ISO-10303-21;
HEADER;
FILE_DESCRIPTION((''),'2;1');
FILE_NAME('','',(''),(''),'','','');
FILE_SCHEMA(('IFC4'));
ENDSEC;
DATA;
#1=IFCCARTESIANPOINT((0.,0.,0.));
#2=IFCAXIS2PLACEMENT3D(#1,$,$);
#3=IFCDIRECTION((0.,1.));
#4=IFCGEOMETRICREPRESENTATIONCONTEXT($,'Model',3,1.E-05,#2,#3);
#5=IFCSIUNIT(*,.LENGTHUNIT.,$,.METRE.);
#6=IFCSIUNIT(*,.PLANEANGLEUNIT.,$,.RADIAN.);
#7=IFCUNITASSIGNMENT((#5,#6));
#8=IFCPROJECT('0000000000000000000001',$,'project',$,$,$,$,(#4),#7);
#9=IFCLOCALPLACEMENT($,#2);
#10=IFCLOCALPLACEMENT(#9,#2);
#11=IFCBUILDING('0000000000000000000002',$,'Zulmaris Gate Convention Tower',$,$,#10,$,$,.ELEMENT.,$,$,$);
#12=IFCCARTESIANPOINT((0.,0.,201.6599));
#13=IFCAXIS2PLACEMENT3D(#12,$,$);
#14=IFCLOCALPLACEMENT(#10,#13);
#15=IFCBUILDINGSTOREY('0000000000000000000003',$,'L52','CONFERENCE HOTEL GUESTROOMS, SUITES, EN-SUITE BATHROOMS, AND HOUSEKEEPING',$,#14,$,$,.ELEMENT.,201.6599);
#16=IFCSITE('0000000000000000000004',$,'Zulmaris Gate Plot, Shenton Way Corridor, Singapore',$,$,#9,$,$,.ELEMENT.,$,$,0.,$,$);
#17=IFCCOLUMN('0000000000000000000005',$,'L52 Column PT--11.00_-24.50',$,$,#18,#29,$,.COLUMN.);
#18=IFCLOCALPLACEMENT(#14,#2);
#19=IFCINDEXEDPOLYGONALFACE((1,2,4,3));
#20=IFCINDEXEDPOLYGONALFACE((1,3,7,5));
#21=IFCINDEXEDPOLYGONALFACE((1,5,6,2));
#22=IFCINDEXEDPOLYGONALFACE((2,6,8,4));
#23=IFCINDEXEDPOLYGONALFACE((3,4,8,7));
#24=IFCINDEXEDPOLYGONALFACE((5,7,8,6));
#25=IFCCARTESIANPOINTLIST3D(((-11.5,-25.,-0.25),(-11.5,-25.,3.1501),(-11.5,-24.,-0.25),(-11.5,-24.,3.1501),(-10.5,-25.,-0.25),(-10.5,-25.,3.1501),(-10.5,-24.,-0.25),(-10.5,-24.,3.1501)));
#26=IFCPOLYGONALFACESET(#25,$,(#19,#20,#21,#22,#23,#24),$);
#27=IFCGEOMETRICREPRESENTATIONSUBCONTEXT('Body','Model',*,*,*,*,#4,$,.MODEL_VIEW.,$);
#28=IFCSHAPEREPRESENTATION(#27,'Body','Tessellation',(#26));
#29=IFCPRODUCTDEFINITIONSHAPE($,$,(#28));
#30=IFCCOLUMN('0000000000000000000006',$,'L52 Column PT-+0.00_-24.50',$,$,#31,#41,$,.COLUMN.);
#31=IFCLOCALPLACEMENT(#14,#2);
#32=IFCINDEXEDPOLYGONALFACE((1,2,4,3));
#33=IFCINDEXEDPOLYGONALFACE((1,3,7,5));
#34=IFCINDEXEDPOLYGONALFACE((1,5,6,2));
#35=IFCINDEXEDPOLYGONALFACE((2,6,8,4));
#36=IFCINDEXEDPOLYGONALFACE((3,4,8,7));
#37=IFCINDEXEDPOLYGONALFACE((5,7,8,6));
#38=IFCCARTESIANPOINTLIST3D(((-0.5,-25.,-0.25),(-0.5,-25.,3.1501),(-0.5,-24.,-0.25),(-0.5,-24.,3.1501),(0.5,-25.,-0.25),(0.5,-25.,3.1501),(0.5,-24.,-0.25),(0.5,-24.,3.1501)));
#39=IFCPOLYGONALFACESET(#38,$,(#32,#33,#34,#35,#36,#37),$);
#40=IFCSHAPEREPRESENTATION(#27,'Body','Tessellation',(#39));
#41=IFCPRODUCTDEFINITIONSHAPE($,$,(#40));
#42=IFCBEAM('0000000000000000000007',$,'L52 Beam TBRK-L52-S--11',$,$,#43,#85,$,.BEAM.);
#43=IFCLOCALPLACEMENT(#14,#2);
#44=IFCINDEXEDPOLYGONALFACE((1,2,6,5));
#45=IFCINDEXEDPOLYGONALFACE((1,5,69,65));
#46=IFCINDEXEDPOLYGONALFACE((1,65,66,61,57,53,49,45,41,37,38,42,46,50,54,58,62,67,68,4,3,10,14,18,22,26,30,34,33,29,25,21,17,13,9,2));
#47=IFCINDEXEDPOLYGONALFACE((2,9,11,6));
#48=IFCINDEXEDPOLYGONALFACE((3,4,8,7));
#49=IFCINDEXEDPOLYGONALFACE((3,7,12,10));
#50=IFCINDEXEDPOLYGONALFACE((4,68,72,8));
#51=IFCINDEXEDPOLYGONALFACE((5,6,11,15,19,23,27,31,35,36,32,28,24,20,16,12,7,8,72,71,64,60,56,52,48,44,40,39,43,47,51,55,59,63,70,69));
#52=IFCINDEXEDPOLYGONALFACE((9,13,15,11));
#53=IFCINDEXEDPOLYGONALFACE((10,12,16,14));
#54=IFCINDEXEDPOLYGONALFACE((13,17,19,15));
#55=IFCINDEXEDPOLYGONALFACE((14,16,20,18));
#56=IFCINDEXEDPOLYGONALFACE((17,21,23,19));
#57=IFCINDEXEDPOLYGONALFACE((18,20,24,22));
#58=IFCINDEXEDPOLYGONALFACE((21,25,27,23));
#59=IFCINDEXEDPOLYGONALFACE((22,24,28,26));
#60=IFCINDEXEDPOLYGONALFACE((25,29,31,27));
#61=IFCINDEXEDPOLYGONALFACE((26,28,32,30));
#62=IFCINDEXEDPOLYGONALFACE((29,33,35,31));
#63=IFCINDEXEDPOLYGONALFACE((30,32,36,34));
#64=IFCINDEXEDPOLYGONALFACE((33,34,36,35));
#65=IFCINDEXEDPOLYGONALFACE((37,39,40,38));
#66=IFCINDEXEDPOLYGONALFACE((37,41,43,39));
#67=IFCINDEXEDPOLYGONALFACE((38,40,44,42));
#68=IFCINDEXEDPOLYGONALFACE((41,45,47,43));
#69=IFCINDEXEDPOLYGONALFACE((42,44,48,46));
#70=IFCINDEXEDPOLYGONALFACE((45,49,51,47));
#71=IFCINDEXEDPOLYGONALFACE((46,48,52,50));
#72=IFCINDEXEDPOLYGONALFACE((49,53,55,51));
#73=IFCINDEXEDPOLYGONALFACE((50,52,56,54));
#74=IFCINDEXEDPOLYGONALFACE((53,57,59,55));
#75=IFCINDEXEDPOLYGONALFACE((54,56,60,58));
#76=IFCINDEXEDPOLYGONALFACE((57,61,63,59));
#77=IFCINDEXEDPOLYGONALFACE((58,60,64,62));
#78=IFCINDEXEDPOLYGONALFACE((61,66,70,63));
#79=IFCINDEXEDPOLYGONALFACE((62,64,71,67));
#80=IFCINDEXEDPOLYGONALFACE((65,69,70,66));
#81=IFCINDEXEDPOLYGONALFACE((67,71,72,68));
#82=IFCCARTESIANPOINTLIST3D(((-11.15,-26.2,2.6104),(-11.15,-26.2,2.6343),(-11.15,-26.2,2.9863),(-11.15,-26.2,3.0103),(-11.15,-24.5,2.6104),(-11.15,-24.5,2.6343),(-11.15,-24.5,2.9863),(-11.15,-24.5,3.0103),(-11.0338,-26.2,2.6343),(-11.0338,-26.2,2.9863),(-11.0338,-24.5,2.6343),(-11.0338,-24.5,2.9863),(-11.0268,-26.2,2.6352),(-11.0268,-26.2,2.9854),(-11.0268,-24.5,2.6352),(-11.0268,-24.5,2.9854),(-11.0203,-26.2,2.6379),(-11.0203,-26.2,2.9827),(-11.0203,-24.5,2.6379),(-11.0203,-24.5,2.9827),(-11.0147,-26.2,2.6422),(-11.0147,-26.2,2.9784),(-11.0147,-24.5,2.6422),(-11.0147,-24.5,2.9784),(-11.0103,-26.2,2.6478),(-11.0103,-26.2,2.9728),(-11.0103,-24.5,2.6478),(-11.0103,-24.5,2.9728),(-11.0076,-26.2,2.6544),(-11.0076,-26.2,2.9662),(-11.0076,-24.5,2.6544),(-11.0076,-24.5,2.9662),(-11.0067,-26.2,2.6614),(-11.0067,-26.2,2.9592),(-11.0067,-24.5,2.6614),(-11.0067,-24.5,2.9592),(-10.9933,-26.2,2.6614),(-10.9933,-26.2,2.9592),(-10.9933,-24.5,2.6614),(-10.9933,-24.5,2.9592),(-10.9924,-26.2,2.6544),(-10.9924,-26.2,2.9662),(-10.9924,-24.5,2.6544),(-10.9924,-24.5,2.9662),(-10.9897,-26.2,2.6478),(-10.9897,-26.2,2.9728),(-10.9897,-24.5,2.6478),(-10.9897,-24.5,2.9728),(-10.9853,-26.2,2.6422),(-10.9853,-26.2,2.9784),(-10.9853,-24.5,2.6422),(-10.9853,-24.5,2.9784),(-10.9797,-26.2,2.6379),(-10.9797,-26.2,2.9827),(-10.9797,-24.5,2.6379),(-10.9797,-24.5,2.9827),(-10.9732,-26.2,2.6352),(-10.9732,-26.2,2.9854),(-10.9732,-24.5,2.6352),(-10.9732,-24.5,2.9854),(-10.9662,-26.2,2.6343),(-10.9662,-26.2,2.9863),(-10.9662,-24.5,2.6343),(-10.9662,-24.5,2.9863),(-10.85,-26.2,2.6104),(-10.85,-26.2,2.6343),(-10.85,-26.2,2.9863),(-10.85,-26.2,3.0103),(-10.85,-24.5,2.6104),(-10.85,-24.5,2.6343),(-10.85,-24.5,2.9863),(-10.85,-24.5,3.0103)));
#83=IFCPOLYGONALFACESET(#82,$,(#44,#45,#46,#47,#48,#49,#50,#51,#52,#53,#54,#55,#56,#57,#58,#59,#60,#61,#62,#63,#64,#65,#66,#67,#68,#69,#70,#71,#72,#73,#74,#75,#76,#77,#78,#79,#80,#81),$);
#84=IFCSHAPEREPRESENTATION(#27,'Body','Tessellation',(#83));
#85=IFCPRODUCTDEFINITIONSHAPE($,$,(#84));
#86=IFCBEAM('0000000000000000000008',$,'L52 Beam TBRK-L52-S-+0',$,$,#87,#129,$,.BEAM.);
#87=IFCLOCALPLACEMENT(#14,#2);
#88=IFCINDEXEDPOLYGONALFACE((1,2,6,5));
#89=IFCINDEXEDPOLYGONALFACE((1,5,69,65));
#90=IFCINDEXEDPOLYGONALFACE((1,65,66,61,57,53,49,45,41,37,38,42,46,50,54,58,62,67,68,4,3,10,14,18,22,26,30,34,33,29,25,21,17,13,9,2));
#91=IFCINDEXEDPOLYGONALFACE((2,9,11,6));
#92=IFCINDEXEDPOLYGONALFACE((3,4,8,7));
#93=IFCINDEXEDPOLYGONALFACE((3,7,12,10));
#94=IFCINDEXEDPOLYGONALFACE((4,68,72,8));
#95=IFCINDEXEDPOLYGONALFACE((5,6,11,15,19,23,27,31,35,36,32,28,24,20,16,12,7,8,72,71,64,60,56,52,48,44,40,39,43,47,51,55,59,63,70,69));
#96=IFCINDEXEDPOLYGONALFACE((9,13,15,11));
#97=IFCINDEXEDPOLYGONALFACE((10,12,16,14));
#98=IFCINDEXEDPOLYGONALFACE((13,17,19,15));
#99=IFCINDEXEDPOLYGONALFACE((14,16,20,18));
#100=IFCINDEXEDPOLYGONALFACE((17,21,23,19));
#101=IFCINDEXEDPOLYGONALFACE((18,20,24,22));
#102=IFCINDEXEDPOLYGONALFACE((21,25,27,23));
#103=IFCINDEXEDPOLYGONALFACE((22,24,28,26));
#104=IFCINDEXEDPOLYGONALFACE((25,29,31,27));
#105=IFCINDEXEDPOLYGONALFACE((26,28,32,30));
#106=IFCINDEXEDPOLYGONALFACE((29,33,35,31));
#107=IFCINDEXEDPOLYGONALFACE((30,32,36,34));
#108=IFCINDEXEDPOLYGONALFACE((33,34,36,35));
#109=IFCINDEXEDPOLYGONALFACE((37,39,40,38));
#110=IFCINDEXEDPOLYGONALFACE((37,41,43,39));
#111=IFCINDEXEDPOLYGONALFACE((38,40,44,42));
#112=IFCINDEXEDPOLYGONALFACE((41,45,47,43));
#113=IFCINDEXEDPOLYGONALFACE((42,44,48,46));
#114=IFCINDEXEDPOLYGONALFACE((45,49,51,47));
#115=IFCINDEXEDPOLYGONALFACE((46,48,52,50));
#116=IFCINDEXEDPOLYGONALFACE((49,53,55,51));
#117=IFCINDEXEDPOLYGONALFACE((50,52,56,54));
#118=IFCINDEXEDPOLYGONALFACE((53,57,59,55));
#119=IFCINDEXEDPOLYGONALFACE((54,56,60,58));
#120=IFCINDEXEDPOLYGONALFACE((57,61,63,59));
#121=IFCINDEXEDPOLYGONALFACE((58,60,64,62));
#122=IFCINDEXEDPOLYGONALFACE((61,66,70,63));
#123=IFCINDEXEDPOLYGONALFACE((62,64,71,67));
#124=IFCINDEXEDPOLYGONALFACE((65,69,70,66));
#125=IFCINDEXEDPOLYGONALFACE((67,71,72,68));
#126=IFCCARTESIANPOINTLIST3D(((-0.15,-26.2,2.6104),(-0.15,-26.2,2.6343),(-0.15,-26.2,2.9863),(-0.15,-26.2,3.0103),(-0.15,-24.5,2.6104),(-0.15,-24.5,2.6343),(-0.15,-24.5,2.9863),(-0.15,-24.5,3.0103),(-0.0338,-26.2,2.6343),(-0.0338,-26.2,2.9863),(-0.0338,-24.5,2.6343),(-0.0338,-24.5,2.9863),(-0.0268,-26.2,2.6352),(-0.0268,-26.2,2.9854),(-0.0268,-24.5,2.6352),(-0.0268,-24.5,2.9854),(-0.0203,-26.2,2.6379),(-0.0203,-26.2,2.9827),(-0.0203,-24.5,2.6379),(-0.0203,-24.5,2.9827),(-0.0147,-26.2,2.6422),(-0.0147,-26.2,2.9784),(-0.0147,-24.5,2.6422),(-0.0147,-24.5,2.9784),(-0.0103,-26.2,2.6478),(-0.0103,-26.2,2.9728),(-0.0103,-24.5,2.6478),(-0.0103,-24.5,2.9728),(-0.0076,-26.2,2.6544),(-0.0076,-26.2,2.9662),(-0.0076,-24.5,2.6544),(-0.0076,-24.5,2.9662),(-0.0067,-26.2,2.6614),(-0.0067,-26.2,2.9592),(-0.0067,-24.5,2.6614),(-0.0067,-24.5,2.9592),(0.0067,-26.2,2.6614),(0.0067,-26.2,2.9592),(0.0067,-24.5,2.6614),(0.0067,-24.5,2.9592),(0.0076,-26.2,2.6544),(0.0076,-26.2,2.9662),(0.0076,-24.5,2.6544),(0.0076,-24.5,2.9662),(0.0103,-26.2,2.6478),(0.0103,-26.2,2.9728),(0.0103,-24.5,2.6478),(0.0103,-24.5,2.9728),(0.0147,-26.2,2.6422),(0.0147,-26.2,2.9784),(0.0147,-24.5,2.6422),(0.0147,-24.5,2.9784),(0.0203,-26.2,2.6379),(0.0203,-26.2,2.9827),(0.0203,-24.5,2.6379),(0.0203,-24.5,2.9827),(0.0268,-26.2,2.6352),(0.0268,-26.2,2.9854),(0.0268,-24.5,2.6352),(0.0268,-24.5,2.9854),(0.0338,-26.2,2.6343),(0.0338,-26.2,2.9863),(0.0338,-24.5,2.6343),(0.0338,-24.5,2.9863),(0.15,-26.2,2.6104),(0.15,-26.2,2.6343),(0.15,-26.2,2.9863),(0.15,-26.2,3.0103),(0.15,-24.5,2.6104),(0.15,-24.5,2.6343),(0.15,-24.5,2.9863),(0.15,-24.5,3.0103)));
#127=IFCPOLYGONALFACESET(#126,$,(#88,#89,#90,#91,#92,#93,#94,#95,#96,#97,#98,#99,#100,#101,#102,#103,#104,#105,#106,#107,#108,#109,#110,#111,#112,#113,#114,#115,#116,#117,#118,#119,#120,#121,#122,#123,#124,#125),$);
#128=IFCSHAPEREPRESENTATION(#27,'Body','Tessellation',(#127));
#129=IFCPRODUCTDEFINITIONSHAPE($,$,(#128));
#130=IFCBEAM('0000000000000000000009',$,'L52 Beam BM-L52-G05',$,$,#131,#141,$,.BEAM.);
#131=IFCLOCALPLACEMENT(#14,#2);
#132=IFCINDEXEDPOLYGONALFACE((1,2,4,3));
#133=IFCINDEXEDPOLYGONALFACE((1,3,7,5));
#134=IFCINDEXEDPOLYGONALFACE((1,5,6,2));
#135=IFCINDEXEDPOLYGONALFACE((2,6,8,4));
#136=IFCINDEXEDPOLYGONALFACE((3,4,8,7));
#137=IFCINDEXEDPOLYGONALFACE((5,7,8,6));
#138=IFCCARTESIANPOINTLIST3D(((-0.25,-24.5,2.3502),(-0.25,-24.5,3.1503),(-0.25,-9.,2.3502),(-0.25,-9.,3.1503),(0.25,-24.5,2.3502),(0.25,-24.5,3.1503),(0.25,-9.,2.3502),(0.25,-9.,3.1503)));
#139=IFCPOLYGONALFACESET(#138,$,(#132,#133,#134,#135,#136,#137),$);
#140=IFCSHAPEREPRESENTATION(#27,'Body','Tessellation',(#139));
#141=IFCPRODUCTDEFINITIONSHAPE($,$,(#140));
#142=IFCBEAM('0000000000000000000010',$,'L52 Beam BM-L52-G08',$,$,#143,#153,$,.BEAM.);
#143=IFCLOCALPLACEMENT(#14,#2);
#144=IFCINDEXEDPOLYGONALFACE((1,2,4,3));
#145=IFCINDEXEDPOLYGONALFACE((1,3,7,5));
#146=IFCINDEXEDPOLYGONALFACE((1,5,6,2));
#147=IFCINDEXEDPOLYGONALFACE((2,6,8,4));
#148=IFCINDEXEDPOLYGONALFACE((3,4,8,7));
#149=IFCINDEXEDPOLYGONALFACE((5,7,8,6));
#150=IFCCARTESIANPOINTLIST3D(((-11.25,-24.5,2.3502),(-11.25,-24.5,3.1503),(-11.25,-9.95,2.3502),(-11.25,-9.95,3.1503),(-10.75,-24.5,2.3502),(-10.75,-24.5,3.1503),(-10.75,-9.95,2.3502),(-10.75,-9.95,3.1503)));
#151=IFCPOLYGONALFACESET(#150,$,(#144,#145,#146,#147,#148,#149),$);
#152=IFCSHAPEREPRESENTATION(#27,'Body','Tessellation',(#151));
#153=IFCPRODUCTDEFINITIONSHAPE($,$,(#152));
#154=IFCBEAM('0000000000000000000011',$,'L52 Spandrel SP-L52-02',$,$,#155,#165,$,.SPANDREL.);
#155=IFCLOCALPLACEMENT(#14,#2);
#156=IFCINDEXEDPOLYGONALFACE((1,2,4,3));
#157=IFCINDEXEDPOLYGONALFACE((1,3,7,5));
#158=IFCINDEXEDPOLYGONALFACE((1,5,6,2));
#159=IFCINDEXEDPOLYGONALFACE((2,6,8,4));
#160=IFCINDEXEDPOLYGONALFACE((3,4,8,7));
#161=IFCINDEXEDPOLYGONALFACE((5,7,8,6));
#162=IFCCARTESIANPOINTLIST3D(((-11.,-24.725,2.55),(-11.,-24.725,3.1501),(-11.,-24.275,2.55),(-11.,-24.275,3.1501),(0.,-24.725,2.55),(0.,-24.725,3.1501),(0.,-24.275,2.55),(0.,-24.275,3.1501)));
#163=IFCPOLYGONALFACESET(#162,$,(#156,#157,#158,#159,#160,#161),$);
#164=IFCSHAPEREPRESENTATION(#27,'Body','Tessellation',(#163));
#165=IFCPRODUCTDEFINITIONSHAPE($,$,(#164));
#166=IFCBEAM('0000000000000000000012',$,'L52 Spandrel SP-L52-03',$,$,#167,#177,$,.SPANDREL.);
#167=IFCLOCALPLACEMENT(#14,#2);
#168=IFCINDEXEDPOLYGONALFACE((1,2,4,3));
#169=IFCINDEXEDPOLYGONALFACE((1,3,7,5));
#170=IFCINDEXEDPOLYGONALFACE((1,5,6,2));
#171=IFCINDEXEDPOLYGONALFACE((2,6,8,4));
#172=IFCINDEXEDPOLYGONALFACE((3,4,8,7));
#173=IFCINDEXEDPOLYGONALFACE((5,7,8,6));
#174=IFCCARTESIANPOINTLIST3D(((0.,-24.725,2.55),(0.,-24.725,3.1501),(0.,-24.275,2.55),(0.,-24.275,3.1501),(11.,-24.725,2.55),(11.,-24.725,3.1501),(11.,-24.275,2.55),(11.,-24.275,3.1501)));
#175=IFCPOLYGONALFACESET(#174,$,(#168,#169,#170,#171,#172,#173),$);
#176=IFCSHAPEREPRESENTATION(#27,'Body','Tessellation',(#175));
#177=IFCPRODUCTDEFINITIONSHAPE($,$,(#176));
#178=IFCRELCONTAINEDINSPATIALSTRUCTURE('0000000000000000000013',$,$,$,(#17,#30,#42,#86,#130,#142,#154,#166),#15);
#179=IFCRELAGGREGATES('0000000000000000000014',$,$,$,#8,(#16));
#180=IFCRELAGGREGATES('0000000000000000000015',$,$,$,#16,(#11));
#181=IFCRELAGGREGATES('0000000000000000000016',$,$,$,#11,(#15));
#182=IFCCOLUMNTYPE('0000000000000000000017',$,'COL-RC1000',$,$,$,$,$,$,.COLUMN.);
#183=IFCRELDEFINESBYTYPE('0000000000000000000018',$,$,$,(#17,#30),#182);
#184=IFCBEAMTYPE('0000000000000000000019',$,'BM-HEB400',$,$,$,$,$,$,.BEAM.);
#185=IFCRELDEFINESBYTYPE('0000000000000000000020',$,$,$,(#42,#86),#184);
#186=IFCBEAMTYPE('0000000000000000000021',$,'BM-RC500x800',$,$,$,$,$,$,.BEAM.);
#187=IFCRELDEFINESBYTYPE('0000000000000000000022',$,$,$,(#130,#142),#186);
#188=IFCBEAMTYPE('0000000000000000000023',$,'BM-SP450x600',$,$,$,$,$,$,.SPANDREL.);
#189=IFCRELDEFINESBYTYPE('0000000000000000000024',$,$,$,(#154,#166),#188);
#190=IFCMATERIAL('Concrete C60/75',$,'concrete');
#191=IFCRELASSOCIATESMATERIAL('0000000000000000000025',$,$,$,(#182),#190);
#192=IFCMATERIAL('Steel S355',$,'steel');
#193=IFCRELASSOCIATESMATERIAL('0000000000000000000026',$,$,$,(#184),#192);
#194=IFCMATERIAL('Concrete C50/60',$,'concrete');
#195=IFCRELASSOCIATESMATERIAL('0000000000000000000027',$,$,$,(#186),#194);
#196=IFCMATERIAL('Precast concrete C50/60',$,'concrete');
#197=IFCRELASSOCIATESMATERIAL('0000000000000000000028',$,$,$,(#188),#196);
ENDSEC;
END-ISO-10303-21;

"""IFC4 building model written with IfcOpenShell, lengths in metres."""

from ifc_helpers import new_model, si_unit, direction, frame, origin, origin_2d, place, context, subcontext, project, spatial, rectangle, i_section, extrude, material, material_profile, profile_set, type_object, element, save


model = new_model("IFC4")

# Units and contexts
model_context = context("Model", 3, precision=1e-05, world=origin(), true_north=direction((0.0, 1.0)))
body_context = subcontext(model_context, "Body", "Model", "MODEL_VIEW")
ifc_project = project(units=[si_unit("LENGTHUNIT", "METRE"), si_unit("PLANEANGLEUNIT", "RADIAN")], contexts=[model_context])

# Site, building, storey
site_placement = place(None, origin())
site = spatial("IfcSite", under=ifc_project, at=site_placement, Name="Zulmaris Gate Plot, Shenton Way Corridor, Singapore", CompositionType="ELEMENT", RefElevation=0.0)
building_placement = place(site_placement, origin())
building = spatial("IfcBuilding", under=site, at=building_placement, Name="Zulmaris Gate Convention Tower", CompositionType="ELEMENT")
storey_placement = place(building_placement, frame((0.0, 0.0, 201.6599)))
storey = spatial("IfcBuildingStorey", under=building, at=storey_placement, Name="L52", Description="CONFERENCE HOTEL GUESTROOMS, SUITES, EN-SUITE BATHROOMS, AND HOUSEKEEPING", CompositionType="ELEMENT", Elevation=201.6599)

# Columns
ifc_material_1 = material(Name="Concrete C60/75", Category="concrete")
ifc_material_profile_1 = material_profile(ifc_material_1, rectangle(XDim=1.0, YDim=1.0, at=origin_2d()), Name="RC COL 1000x1000")
ifc_profile_set_1 = profile_set([ifc_material_profile_1], Name="Concrete C60/75")
column_type = type_object("IfcColumnType", Name="COL-RC1000", PredefinedType="COLUMN", material=ifc_profile_set_1)
for number, where, z_axis, x_axis, name in (
    (1, (-11.0, -24.5, -0.25), (0.0, 0.0, 1.0), (1.0, 0.0, 0.0), "L52 Column PT--11.00_-24.50"),
    (2, (0.0, -24.5, -0.25), (0.0, 0.0, 1.0), (1.0, 0.0, 0.0), "L52 Column PT-+0.00_-24.50"),
):
    element("IfcColumn", number, at=place(storey_placement, frame(where, z_axis=z_axis, x_axis=x_axis)), inside=storey, type_object=column_type, Name=name, PredefinedType="COLUMN", context=body_context, shape_type="SweptSolid", body=[
        extrude(rectangle(XDim=1.0, YDim=1.0, at=origin_2d()), origin(), (0.0, 0.0, 1.0), 3.4001),
    ])

# Beams
ifc_material_2 = material(Name="Steel S355", Category="steel")
ifc_material_profile_2 = material_profile(ifc_material_2, i_section(OverallWidth=0.3, OverallDepth=0.3999, WebThickness=0.0134, FlangeThickness=0.0239, FilletRadius=0.0271, at=origin_2d()), Name="HEB 400")
ifc_profile_set_2 = profile_set([ifc_material_profile_2], Name="Steel S355")
beam_type_1 = type_object("IfcBeamType", Name="BM-HEB400", PredefinedType="BEAM", material=ifc_profile_set_2)
for number, where, z_axis, x_axis, name in (
    (3, (-11.0, -26.2, 2.8103), (0.0, 1.0, 0.0), (-1.0, 0.0, 0.0), "L52 Beam TBRK-L52-S--11"),
    (4, (0.0, -26.2, 2.8103), (0.0, 1.0, 0.0), (-1.0, 0.0, 0.0), "L52 Beam TBRK-L52-S-+0"),
):
    element("IfcBeam", number, at=place(storey_placement, frame(where, z_axis=z_axis, x_axis=x_axis)), inside=storey, type_object=beam_type_1, Name=name, PredefinedType="BEAM", context=body_context, shape_type="SweptSolid", body=[
        extrude(i_section(OverallWidth=0.3, OverallDepth=0.3999, WebThickness=0.0134, FlangeThickness=0.0239, FilletRadius=0.0271, at=origin_2d()), origin(), (0.0, 0.0, 1.0), 1.7),
    ])
ifc_material_3 = material(Name="Concrete C50/60", Category="concrete")
ifc_material_profile_3 = material_profile(ifc_material_3, rectangle(XDim=0.5, YDim=0.8, at=origin_2d()), Name="RC BEAM 500x800")
ifc_profile_set_3 = profile_set([ifc_material_profile_3], Name="Concrete C50/60")
beam_type_2 = type_object("IfcBeamType", Name="BM-RC500x800", PredefinedType="BEAM", material=ifc_profile_set_3)
beam_1_placement = place(storey_placement, frame((0.0, -24.5, 2.7502), z_axis=(0.0, 1.0, 0.0), x_axis=(-1.0, 0.0, 0.0)))
element("IfcBeam", 5, at=beam_1_placement, inside=storey, type_object=beam_type_2, Name="L52 Beam BM-L52-G05", PredefinedType="BEAM", context=body_context, shape_type="SweptSolid", body=[
    extrude(rectangle(XDim=0.5, YDim=0.8, at=origin_2d()), origin(), (0.0, 0.0, 1.0), 15.5),
])
beam_2_placement = place(storey_placement, frame((-11.0, -24.5, 2.7502), z_axis=(0.0, 1.0, 0.0), x_axis=(-1.0, 0.0, 0.0)))
element("IfcBeam", 6, at=beam_2_placement, inside=storey, type_object=beam_type_2, Name="L52 Beam BM-L52-G08", PredefinedType="BEAM", context=body_context, shape_type="SweptSolid", body=[
    extrude(rectangle(XDim=0.5, YDim=0.8, at=origin_2d()), origin(), (0.0, 0.0, 1.0), 14.55),
])
ifc_material_4 = material(Name="Precast concrete C50/60", Category="concrete")
ifc_material_profile_4 = material_profile(ifc_material_4, rectangle(XDim=0.45, YDim=0.6001, at=origin_2d()), Name="RC SPANDREL 450x600")
ifc_profile_set_4 = profile_set([ifc_material_profile_4], Name="Precast concrete C50/60")
beam_type_3 = type_object("IfcBeamType", Name="BM-SP450x600", PredefinedType="SPANDREL", material=ifc_profile_set_4)
for number, where, z_axis, x_axis, name in (
    (7, (-11.0, -24.5, 2.8501), (1.0, 0.0, 0.0), (0.0, 1.0, 0.0), "L52 Spandrel SP-L52-02"),
    (8, (0.0, -24.5, 2.8501), (1.0, 0.0, 0.0), (0.0, 1.0, 0.0), "L52 Spandrel SP-L52-03"),
):
    element("IfcBeam", number, at=place(storey_placement, frame(where, z_axis=z_axis, x_axis=x_axis)), inside=storey, type_object=beam_type_3, Name=name, PredefinedType="SPANDREL", context=body_context, shape_type="SweptSolid", body=[
        extrude(rectangle(XDim=0.45, YDim=0.6001, at=origin_2d()), origin(), (0.0, 0.0, 1.0), 11.0),
    ])

save(model, "model.ifc")
